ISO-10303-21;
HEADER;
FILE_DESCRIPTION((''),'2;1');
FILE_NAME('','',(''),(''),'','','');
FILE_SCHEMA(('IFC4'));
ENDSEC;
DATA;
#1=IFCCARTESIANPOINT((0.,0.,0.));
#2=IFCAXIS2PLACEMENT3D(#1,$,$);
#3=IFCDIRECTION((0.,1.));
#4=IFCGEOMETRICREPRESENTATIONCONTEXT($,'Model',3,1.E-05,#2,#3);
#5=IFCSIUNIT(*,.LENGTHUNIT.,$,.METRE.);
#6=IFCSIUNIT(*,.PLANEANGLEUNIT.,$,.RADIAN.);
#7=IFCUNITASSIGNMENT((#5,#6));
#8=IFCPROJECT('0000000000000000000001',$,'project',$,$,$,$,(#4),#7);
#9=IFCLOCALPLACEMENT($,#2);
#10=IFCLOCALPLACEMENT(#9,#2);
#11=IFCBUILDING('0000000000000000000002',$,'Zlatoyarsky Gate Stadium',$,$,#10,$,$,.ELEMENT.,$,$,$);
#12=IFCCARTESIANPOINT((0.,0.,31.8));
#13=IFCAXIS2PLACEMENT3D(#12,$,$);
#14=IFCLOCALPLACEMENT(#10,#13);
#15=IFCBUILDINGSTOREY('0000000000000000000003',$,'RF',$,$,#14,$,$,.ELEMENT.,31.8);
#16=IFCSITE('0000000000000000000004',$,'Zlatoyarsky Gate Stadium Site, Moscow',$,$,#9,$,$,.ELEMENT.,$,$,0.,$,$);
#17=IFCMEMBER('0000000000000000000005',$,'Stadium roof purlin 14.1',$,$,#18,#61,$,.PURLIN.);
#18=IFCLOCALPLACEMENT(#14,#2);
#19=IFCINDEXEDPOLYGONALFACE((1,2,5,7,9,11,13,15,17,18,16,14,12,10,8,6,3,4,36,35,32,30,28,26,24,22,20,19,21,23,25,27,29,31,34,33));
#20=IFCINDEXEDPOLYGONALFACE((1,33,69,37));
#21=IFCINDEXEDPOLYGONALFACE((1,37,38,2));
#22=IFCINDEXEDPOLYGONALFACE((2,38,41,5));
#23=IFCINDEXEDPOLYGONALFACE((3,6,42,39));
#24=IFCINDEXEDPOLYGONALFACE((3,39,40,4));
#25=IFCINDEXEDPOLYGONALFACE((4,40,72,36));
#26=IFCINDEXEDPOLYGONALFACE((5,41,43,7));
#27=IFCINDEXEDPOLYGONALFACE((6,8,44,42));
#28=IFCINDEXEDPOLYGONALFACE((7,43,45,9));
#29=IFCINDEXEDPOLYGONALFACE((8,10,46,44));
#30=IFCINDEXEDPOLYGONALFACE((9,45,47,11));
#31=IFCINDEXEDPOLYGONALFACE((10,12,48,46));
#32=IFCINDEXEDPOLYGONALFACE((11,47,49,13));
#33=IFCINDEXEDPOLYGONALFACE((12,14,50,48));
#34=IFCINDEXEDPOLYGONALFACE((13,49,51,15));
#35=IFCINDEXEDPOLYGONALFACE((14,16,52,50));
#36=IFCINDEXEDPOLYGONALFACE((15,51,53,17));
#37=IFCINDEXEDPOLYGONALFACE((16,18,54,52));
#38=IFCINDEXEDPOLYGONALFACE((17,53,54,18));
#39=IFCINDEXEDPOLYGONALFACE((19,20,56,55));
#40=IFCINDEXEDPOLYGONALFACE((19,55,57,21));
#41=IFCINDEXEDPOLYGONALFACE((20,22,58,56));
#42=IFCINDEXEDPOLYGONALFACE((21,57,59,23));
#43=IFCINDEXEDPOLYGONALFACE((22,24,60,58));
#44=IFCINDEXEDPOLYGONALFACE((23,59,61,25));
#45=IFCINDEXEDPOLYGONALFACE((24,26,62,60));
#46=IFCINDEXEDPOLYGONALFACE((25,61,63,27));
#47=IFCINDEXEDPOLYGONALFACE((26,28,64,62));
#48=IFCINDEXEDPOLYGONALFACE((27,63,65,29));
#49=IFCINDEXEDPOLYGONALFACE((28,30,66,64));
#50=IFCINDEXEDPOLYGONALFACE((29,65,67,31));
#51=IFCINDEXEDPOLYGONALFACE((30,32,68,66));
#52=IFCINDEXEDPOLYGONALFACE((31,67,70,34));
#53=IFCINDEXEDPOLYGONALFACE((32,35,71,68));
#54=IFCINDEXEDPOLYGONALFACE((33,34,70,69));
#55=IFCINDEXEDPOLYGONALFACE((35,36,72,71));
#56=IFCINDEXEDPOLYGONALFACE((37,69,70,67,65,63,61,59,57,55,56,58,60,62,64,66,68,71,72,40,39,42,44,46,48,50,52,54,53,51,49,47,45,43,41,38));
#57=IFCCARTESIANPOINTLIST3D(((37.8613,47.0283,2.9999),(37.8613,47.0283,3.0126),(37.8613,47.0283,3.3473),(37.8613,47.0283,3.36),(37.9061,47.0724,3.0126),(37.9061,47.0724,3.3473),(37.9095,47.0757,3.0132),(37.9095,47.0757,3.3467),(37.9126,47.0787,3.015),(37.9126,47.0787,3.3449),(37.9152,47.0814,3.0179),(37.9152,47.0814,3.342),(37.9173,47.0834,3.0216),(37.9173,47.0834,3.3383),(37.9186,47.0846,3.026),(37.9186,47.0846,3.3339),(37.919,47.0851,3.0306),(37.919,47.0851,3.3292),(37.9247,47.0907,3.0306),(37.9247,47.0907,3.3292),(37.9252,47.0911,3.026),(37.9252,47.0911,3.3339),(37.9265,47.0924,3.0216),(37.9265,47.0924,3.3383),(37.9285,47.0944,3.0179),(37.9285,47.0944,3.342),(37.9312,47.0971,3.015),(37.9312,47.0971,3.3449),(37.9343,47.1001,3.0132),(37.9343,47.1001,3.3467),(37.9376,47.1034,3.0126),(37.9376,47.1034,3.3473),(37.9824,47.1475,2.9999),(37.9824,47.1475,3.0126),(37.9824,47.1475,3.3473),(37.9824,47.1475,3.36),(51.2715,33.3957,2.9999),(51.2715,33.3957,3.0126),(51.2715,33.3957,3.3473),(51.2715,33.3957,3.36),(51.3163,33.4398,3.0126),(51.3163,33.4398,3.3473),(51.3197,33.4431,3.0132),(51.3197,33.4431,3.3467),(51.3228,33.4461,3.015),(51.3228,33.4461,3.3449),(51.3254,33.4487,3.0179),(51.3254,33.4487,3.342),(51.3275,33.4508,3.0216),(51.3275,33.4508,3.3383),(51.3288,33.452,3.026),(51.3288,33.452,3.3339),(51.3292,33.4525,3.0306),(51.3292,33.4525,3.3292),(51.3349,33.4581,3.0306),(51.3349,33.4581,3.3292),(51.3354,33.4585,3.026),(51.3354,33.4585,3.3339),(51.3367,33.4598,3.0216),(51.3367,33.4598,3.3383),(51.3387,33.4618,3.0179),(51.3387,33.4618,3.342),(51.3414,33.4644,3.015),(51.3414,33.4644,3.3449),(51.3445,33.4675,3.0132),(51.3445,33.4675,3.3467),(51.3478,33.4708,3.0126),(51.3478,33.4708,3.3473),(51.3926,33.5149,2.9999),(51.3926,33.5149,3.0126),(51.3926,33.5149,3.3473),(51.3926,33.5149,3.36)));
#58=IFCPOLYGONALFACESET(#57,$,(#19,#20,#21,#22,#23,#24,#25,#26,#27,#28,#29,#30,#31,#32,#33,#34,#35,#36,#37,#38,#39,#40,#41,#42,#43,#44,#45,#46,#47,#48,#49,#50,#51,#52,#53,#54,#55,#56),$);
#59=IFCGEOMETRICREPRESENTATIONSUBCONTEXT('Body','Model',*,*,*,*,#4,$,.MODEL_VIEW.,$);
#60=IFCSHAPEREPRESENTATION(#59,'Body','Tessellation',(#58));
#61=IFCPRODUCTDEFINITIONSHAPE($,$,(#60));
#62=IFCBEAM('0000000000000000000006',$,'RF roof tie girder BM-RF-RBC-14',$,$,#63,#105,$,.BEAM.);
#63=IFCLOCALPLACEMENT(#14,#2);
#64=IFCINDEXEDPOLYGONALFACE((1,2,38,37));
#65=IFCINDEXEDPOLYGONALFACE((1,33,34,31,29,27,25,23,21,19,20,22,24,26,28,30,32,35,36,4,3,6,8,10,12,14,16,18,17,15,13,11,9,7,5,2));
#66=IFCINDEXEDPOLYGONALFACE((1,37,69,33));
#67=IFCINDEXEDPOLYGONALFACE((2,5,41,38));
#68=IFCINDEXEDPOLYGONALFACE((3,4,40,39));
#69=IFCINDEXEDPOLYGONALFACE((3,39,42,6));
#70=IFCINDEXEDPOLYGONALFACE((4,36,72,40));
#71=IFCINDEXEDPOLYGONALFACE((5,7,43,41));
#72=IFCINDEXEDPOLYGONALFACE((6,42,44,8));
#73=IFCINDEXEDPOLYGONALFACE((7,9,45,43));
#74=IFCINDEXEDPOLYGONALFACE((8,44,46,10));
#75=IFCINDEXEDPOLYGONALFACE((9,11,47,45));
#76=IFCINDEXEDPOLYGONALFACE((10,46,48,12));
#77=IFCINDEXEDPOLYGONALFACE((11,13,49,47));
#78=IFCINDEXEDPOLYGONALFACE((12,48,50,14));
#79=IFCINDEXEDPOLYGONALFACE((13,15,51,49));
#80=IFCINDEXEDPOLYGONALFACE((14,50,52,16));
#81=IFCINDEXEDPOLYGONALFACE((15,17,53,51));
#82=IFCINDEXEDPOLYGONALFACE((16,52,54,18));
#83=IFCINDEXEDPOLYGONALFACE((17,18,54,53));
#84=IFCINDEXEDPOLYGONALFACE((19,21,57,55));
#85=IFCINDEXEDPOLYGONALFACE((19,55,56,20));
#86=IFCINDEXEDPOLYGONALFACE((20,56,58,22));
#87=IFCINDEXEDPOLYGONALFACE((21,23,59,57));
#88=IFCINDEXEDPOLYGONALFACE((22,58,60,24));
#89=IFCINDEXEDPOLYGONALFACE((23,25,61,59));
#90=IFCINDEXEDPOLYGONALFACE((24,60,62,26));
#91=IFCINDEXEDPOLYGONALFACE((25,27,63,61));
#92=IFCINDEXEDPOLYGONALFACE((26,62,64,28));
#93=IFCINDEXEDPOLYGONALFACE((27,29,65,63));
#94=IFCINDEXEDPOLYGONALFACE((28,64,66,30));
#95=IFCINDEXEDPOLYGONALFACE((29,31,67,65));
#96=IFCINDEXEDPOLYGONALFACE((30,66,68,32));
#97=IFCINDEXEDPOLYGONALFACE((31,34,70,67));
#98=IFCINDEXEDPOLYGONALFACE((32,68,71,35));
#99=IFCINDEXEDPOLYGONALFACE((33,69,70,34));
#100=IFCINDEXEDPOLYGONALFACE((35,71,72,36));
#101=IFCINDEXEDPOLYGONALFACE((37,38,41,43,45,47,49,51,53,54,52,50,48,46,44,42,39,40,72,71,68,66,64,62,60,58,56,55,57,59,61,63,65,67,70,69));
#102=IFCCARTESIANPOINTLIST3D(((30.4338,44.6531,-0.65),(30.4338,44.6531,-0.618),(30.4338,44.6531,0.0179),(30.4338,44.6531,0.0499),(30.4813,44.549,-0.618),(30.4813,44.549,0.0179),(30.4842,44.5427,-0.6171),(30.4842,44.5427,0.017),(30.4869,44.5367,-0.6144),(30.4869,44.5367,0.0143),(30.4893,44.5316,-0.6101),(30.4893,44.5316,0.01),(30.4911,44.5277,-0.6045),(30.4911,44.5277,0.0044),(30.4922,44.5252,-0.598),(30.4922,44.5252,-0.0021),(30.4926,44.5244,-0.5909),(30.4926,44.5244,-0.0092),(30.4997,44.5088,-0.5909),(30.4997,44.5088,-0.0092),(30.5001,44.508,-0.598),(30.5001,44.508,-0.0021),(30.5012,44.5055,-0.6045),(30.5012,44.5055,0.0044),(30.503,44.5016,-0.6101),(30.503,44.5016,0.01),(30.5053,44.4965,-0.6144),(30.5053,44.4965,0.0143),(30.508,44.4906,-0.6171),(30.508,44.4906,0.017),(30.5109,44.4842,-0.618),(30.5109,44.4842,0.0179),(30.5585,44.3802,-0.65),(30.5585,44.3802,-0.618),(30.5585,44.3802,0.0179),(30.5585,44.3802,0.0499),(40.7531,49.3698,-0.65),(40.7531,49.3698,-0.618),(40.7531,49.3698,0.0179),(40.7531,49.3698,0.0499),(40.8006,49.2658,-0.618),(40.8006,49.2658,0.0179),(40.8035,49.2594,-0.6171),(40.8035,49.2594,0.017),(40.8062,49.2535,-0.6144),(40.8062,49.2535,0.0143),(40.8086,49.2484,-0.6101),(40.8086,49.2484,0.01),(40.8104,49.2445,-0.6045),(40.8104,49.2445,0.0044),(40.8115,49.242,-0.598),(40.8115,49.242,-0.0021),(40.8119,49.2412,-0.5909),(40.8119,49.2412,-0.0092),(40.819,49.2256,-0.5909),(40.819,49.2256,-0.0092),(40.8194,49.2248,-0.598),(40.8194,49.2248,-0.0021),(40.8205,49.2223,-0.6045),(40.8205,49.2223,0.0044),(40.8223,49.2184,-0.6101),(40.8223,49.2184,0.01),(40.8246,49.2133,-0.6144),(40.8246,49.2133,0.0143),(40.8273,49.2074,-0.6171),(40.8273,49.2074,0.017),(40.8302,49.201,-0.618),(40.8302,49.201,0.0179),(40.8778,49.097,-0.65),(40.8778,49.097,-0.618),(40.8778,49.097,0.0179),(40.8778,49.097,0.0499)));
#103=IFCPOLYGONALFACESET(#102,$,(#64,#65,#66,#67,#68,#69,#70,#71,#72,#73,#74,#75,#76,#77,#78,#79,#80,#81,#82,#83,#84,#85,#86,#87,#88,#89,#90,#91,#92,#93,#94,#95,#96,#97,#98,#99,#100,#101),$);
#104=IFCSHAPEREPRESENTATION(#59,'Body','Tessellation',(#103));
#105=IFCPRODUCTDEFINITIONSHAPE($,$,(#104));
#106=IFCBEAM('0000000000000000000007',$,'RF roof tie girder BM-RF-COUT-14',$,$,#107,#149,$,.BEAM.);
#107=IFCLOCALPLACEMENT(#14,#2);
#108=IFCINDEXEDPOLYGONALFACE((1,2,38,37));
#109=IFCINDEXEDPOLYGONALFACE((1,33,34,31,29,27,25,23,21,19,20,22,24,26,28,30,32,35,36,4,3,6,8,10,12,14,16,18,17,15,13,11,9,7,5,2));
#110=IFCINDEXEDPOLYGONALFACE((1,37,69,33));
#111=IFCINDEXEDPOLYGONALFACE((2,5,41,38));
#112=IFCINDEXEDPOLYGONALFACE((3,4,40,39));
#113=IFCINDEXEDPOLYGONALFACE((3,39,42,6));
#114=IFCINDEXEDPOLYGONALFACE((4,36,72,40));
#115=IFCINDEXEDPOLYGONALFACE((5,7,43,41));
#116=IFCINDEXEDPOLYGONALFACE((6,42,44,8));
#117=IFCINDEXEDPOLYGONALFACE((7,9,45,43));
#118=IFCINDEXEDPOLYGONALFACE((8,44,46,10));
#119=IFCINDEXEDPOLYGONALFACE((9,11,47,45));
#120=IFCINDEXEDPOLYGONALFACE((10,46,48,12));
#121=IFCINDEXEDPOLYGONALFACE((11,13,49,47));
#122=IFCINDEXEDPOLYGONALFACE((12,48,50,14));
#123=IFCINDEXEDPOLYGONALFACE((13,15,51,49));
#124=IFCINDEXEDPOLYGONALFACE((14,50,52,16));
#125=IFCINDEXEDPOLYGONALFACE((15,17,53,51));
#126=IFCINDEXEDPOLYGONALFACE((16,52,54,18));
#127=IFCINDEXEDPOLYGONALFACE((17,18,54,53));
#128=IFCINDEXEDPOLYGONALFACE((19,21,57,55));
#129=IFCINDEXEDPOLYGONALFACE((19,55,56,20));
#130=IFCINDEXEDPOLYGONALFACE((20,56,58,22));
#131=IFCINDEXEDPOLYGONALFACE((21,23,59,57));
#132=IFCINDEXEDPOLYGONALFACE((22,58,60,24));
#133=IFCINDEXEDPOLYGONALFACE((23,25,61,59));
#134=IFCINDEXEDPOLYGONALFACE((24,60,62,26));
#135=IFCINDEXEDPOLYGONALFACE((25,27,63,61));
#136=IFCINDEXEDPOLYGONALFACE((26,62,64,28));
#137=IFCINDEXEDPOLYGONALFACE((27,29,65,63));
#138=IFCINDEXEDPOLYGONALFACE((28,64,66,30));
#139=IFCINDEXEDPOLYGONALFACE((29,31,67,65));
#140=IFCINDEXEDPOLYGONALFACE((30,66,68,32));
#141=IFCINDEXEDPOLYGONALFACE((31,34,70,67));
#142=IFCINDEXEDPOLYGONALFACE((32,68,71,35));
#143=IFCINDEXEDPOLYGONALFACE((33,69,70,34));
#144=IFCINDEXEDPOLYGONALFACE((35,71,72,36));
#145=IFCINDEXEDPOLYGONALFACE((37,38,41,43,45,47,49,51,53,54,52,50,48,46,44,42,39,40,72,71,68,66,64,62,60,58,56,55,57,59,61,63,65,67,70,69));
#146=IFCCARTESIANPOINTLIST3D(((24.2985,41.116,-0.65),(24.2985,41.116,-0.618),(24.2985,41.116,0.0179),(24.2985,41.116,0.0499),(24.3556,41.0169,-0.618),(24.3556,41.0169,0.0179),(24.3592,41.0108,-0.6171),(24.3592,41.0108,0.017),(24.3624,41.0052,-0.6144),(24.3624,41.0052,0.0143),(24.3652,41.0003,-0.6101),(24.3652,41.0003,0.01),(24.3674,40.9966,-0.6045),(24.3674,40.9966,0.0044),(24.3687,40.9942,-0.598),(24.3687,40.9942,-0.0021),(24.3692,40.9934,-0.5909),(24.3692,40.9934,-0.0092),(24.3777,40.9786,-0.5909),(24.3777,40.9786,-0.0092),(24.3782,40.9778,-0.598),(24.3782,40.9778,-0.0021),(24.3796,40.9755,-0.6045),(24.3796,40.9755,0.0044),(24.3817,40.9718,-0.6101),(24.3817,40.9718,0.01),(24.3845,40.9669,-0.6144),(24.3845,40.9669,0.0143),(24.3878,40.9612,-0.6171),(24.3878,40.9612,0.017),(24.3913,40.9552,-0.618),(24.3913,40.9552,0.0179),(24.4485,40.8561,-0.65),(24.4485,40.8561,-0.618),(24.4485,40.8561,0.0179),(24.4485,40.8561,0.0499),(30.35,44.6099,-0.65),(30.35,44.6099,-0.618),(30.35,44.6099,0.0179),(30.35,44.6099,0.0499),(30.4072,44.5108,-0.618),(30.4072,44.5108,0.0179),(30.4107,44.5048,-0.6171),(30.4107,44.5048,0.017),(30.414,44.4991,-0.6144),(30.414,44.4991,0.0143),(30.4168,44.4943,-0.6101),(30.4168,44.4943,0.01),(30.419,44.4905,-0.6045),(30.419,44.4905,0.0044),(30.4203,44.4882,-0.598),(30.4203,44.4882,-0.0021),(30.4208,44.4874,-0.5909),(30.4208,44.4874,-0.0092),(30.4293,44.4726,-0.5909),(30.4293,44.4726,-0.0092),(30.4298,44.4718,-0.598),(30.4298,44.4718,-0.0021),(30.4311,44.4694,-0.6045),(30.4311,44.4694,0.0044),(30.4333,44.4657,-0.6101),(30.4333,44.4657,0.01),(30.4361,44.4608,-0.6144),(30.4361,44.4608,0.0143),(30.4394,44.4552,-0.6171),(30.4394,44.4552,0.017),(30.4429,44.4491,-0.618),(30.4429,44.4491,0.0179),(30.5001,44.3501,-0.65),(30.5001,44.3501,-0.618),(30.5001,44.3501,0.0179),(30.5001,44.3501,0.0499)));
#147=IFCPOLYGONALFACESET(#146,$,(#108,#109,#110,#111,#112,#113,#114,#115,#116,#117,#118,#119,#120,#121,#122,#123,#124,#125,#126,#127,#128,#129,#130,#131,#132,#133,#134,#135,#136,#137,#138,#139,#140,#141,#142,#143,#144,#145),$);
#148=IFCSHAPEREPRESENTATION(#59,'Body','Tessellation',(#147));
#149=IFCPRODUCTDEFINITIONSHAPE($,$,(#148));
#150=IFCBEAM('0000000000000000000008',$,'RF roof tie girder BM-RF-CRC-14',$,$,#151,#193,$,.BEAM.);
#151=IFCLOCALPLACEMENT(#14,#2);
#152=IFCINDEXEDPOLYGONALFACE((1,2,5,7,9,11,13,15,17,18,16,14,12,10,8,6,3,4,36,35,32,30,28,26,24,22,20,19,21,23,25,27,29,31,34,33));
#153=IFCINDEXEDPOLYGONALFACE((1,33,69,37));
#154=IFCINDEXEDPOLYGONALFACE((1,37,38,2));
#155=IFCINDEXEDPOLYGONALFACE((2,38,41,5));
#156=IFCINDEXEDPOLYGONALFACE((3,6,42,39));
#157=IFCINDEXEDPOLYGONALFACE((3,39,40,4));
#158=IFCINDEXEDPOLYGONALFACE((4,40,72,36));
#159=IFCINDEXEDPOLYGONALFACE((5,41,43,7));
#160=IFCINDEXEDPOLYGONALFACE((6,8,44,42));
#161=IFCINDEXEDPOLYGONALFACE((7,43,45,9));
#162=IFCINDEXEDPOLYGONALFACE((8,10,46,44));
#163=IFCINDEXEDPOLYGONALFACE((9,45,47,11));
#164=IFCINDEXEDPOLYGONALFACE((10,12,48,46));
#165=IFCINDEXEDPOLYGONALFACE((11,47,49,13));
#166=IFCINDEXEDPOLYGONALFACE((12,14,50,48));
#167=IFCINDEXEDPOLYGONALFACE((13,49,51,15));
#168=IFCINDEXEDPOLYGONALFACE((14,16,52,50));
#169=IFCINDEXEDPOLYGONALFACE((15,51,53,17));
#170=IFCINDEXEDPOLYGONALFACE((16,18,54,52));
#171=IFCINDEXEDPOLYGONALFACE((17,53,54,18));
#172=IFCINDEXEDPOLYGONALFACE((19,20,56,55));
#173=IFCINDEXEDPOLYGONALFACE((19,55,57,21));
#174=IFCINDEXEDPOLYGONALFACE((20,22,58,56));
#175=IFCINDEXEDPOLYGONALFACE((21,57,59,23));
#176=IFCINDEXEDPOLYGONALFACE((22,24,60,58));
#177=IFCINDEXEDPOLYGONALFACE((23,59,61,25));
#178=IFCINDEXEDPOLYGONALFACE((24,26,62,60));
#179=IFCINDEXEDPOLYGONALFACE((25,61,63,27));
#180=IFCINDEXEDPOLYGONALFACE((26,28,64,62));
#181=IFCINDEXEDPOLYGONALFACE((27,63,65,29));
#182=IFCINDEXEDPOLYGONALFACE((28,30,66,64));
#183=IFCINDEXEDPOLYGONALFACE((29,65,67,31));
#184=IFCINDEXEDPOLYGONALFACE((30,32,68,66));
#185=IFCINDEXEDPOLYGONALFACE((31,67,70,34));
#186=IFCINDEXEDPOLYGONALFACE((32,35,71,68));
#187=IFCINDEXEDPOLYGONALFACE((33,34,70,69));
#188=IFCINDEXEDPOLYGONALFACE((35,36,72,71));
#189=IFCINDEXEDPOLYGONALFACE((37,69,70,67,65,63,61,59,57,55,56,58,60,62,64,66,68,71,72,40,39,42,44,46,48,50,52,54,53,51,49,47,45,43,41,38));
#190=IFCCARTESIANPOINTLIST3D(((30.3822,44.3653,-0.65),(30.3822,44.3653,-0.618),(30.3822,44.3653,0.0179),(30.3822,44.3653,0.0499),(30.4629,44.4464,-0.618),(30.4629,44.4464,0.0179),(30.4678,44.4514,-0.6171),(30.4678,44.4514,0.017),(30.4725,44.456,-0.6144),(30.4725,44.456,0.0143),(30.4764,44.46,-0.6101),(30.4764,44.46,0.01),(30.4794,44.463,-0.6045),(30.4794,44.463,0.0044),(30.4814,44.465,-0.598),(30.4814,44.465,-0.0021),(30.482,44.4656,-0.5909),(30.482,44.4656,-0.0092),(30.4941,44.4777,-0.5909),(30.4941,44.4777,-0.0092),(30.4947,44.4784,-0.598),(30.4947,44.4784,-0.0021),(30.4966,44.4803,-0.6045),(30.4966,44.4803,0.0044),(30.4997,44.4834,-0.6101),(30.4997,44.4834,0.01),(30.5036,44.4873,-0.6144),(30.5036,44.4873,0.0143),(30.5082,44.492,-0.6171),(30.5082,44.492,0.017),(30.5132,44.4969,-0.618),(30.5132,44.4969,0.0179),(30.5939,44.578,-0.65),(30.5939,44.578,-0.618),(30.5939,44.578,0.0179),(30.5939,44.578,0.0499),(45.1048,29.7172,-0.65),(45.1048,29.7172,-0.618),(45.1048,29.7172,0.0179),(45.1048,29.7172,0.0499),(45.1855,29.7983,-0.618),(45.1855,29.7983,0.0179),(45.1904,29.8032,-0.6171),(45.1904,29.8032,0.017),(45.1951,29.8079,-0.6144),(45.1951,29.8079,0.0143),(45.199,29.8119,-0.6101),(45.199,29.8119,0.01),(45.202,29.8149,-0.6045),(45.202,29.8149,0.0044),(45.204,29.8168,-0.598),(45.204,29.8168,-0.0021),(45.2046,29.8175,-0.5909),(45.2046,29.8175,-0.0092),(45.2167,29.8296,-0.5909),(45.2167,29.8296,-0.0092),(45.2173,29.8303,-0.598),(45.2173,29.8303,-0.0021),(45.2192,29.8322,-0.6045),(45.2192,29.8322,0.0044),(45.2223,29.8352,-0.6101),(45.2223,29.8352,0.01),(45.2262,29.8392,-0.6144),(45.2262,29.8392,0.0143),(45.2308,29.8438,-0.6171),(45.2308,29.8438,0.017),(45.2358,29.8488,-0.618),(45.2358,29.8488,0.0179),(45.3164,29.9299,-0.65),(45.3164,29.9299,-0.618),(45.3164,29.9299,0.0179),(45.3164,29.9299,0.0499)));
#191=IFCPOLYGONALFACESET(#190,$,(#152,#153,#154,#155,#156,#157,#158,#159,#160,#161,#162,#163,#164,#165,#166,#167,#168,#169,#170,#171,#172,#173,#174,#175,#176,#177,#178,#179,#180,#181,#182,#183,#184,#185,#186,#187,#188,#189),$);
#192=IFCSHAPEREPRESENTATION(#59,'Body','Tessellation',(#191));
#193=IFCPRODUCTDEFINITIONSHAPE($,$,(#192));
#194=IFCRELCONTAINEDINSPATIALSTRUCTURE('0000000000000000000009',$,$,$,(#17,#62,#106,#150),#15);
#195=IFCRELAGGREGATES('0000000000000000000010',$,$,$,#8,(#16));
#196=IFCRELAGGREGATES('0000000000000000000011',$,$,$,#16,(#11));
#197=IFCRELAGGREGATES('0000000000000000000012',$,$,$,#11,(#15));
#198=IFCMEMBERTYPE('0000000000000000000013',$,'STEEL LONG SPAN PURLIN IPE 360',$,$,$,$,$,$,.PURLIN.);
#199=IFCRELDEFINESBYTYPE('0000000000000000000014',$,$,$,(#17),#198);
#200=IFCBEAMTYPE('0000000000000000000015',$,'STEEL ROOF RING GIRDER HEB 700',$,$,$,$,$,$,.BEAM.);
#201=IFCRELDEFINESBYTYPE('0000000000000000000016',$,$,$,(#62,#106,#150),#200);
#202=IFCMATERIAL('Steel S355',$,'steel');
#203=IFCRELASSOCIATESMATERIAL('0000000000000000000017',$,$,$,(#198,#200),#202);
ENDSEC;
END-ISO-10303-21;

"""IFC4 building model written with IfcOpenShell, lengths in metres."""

from ifc_helpers import new_model, si_unit, direction, frame, origin, origin_2d, place, context, subcontext, project, spatial, i_section, extrude, material, material_profile, profile_set, type_object, element, save


model = new_model("IFC4")

# Units and contexts
model_context = context("Model", 3, precision=1e-05, world=origin(), true_north=direction((0.0, 1.0)))
body_context = subcontext(model_context, "Body", "Model", "MODEL_VIEW")
ifc_project = project(units=[si_unit("LENGTHUNIT", "METRE"), si_unit("PLANEANGLEUNIT", "RADIAN")], contexts=[model_context])

# Site, building, storey
site_placement = place(None, origin())
site = spatial("IfcSite", under=ifc_project, at=site_placement, Name="Zlatoyarsky Gate Stadium Site, Moscow", CompositionType="ELEMENT", RefElevation=0.0)
building_placement = place(site_placement, origin())
building = spatial("IfcBuilding", under=site, at=building_placement, Name="Zlatoyarsky Gate Stadium", CompositionType="ELEMENT")
storey_placement = place(building_placement, frame((0.0, 0.0, 31.8)))
storey = spatial("IfcBuildingStorey", under=building, at=storey_placement, Name="RF", CompositionType="ELEMENT", Elevation=31.8)

# Member
ifc_material_1 = material(Name="Steel S355", Category="steel")
ifc_material_profile_1 = material_profile(ifc_material_1, i_section(OverallWidth=0.1699, OverallDepth=0.3601, WebThickness=0.0081, FlangeThickness=0.0127, FilletRadius=0.0181, at=origin_2d()), Name="IPE 360")
ifc_profile_set_1 = profile_set([ifc_material_profile_1], Name="Steel S355")
member_type_1 = type_object("IfcMemberType", Name="STEEL LONG SPAN PURLIN IPE 360", PredefinedType="PURLIN", material=ifc_profile_set_1)
member_1_placement = place(storey_placement, frame((37.9219, 47.0879, 3.1799), z_axis=(0.701267, -0.712898, 0.0), x_axis=(0.712898, 0.701267, 0.0)))
element("IfcMember", 1, at=member_1_placement, inside=storey, type_object=member_type_1, Name="Stadium roof purlin 14.1", PredefinedType="PURLIN", context=body_context, shape_type="SweptSolid", body=[
    extrude(i_section(OverallWidth=0.1699, OverallDepth=0.3601, WebThickness=0.0081, FlangeThickness=0.0127, FilletRadius=0.0181, at=origin_2d()), origin(), (0.0, 0.0, 1.0), 19.1228),
])

# Beams
ifc_material_profile_2 = material_profile(ifc_material_1, i_section(OverallWidth=0.3, OverallDepth=0.7, WebThickness=0.0171, FlangeThickness=0.032, FilletRadius=0.0271, at=origin_2d()), Name="HEB 700")
ifc_profile_set_2 = profile_set([ifc_material_profile_2], Name="Steel S355")
beam_type = type_object("IfcBeamType", Name="STEEL ROOF RING GIRDER HEB 700", PredefinedType="BEAM", material=ifc_profile_set_2)
beam_1_placement = place(storey_placement, frame((40.8154, 49.2334, -0.3), z_axis=(-0.909495, -0.415715, 0.0), x_axis=(0.415715, -0.909495, 0.0)))
element("IfcBeam", 2, at=beam_1_placement, inside=storey, type_object=beam_type, Name="RF roof tie girder BM-RF-RBC-14", PredefinedType="BEAM", context=body_context, shape_type="SweptSolid", body=[
    extrude(i_section(OverallWidth=0.3, OverallDepth=0.7, WebThickness=0.0171, FlangeThickness=0.032, FilletRadius=0.0271, at=origin_2d()), origin(), (0.0, 0.0, 1.0), 11.3462),
])
beam_2_placement = place(storey_placement, frame((30.425, 44.48, -0.3), z_axis=(-0.866022, -0.500006, 0.0), x_axis=(0.500006, -0.866022, 0.0)))
element("IfcBeam", 3, at=beam_2_placement, inside=storey, type_object=beam_type, Name="RF roof tie girder BM-RF-COUT-14", PredefinedType="BEAM", context=body_context, shape_type="SweptSolid", body=[
    extrude(i_section(OverallWidth=0.3, OverallDepth=0.7, WebThickness=0.0171, FlangeThickness=0.032, FilletRadius=0.0271, at=origin_2d()), origin(), (0.0, 0.0, 1.0), 6.9878),
])
beam_3_placement = place(storey_placement, frame((30.488, 44.4717, -0.3), z_axis=(0.708897, -0.705312, 0.0), x_axis=(0.705312, 0.708897, 0.0)))
element("IfcBeam", 4, at=beam_3_placement, inside=storey, type_object=beam_type, Name="RF roof tie girder BM-RF-CRC-14", PredefinedType="BEAM", context=body_context, shape_type="SweptSolid", body=[
    extrude(i_section(OverallWidth=0.3, OverallDepth=0.7, WebThickness=0.0171, FlangeThickness=0.032, FilletRadius=0.0271, at=origin_2d()), origin(), (0.0, 0.0, 1.0), 20.7683),
])

save(model, "model.ifc")
